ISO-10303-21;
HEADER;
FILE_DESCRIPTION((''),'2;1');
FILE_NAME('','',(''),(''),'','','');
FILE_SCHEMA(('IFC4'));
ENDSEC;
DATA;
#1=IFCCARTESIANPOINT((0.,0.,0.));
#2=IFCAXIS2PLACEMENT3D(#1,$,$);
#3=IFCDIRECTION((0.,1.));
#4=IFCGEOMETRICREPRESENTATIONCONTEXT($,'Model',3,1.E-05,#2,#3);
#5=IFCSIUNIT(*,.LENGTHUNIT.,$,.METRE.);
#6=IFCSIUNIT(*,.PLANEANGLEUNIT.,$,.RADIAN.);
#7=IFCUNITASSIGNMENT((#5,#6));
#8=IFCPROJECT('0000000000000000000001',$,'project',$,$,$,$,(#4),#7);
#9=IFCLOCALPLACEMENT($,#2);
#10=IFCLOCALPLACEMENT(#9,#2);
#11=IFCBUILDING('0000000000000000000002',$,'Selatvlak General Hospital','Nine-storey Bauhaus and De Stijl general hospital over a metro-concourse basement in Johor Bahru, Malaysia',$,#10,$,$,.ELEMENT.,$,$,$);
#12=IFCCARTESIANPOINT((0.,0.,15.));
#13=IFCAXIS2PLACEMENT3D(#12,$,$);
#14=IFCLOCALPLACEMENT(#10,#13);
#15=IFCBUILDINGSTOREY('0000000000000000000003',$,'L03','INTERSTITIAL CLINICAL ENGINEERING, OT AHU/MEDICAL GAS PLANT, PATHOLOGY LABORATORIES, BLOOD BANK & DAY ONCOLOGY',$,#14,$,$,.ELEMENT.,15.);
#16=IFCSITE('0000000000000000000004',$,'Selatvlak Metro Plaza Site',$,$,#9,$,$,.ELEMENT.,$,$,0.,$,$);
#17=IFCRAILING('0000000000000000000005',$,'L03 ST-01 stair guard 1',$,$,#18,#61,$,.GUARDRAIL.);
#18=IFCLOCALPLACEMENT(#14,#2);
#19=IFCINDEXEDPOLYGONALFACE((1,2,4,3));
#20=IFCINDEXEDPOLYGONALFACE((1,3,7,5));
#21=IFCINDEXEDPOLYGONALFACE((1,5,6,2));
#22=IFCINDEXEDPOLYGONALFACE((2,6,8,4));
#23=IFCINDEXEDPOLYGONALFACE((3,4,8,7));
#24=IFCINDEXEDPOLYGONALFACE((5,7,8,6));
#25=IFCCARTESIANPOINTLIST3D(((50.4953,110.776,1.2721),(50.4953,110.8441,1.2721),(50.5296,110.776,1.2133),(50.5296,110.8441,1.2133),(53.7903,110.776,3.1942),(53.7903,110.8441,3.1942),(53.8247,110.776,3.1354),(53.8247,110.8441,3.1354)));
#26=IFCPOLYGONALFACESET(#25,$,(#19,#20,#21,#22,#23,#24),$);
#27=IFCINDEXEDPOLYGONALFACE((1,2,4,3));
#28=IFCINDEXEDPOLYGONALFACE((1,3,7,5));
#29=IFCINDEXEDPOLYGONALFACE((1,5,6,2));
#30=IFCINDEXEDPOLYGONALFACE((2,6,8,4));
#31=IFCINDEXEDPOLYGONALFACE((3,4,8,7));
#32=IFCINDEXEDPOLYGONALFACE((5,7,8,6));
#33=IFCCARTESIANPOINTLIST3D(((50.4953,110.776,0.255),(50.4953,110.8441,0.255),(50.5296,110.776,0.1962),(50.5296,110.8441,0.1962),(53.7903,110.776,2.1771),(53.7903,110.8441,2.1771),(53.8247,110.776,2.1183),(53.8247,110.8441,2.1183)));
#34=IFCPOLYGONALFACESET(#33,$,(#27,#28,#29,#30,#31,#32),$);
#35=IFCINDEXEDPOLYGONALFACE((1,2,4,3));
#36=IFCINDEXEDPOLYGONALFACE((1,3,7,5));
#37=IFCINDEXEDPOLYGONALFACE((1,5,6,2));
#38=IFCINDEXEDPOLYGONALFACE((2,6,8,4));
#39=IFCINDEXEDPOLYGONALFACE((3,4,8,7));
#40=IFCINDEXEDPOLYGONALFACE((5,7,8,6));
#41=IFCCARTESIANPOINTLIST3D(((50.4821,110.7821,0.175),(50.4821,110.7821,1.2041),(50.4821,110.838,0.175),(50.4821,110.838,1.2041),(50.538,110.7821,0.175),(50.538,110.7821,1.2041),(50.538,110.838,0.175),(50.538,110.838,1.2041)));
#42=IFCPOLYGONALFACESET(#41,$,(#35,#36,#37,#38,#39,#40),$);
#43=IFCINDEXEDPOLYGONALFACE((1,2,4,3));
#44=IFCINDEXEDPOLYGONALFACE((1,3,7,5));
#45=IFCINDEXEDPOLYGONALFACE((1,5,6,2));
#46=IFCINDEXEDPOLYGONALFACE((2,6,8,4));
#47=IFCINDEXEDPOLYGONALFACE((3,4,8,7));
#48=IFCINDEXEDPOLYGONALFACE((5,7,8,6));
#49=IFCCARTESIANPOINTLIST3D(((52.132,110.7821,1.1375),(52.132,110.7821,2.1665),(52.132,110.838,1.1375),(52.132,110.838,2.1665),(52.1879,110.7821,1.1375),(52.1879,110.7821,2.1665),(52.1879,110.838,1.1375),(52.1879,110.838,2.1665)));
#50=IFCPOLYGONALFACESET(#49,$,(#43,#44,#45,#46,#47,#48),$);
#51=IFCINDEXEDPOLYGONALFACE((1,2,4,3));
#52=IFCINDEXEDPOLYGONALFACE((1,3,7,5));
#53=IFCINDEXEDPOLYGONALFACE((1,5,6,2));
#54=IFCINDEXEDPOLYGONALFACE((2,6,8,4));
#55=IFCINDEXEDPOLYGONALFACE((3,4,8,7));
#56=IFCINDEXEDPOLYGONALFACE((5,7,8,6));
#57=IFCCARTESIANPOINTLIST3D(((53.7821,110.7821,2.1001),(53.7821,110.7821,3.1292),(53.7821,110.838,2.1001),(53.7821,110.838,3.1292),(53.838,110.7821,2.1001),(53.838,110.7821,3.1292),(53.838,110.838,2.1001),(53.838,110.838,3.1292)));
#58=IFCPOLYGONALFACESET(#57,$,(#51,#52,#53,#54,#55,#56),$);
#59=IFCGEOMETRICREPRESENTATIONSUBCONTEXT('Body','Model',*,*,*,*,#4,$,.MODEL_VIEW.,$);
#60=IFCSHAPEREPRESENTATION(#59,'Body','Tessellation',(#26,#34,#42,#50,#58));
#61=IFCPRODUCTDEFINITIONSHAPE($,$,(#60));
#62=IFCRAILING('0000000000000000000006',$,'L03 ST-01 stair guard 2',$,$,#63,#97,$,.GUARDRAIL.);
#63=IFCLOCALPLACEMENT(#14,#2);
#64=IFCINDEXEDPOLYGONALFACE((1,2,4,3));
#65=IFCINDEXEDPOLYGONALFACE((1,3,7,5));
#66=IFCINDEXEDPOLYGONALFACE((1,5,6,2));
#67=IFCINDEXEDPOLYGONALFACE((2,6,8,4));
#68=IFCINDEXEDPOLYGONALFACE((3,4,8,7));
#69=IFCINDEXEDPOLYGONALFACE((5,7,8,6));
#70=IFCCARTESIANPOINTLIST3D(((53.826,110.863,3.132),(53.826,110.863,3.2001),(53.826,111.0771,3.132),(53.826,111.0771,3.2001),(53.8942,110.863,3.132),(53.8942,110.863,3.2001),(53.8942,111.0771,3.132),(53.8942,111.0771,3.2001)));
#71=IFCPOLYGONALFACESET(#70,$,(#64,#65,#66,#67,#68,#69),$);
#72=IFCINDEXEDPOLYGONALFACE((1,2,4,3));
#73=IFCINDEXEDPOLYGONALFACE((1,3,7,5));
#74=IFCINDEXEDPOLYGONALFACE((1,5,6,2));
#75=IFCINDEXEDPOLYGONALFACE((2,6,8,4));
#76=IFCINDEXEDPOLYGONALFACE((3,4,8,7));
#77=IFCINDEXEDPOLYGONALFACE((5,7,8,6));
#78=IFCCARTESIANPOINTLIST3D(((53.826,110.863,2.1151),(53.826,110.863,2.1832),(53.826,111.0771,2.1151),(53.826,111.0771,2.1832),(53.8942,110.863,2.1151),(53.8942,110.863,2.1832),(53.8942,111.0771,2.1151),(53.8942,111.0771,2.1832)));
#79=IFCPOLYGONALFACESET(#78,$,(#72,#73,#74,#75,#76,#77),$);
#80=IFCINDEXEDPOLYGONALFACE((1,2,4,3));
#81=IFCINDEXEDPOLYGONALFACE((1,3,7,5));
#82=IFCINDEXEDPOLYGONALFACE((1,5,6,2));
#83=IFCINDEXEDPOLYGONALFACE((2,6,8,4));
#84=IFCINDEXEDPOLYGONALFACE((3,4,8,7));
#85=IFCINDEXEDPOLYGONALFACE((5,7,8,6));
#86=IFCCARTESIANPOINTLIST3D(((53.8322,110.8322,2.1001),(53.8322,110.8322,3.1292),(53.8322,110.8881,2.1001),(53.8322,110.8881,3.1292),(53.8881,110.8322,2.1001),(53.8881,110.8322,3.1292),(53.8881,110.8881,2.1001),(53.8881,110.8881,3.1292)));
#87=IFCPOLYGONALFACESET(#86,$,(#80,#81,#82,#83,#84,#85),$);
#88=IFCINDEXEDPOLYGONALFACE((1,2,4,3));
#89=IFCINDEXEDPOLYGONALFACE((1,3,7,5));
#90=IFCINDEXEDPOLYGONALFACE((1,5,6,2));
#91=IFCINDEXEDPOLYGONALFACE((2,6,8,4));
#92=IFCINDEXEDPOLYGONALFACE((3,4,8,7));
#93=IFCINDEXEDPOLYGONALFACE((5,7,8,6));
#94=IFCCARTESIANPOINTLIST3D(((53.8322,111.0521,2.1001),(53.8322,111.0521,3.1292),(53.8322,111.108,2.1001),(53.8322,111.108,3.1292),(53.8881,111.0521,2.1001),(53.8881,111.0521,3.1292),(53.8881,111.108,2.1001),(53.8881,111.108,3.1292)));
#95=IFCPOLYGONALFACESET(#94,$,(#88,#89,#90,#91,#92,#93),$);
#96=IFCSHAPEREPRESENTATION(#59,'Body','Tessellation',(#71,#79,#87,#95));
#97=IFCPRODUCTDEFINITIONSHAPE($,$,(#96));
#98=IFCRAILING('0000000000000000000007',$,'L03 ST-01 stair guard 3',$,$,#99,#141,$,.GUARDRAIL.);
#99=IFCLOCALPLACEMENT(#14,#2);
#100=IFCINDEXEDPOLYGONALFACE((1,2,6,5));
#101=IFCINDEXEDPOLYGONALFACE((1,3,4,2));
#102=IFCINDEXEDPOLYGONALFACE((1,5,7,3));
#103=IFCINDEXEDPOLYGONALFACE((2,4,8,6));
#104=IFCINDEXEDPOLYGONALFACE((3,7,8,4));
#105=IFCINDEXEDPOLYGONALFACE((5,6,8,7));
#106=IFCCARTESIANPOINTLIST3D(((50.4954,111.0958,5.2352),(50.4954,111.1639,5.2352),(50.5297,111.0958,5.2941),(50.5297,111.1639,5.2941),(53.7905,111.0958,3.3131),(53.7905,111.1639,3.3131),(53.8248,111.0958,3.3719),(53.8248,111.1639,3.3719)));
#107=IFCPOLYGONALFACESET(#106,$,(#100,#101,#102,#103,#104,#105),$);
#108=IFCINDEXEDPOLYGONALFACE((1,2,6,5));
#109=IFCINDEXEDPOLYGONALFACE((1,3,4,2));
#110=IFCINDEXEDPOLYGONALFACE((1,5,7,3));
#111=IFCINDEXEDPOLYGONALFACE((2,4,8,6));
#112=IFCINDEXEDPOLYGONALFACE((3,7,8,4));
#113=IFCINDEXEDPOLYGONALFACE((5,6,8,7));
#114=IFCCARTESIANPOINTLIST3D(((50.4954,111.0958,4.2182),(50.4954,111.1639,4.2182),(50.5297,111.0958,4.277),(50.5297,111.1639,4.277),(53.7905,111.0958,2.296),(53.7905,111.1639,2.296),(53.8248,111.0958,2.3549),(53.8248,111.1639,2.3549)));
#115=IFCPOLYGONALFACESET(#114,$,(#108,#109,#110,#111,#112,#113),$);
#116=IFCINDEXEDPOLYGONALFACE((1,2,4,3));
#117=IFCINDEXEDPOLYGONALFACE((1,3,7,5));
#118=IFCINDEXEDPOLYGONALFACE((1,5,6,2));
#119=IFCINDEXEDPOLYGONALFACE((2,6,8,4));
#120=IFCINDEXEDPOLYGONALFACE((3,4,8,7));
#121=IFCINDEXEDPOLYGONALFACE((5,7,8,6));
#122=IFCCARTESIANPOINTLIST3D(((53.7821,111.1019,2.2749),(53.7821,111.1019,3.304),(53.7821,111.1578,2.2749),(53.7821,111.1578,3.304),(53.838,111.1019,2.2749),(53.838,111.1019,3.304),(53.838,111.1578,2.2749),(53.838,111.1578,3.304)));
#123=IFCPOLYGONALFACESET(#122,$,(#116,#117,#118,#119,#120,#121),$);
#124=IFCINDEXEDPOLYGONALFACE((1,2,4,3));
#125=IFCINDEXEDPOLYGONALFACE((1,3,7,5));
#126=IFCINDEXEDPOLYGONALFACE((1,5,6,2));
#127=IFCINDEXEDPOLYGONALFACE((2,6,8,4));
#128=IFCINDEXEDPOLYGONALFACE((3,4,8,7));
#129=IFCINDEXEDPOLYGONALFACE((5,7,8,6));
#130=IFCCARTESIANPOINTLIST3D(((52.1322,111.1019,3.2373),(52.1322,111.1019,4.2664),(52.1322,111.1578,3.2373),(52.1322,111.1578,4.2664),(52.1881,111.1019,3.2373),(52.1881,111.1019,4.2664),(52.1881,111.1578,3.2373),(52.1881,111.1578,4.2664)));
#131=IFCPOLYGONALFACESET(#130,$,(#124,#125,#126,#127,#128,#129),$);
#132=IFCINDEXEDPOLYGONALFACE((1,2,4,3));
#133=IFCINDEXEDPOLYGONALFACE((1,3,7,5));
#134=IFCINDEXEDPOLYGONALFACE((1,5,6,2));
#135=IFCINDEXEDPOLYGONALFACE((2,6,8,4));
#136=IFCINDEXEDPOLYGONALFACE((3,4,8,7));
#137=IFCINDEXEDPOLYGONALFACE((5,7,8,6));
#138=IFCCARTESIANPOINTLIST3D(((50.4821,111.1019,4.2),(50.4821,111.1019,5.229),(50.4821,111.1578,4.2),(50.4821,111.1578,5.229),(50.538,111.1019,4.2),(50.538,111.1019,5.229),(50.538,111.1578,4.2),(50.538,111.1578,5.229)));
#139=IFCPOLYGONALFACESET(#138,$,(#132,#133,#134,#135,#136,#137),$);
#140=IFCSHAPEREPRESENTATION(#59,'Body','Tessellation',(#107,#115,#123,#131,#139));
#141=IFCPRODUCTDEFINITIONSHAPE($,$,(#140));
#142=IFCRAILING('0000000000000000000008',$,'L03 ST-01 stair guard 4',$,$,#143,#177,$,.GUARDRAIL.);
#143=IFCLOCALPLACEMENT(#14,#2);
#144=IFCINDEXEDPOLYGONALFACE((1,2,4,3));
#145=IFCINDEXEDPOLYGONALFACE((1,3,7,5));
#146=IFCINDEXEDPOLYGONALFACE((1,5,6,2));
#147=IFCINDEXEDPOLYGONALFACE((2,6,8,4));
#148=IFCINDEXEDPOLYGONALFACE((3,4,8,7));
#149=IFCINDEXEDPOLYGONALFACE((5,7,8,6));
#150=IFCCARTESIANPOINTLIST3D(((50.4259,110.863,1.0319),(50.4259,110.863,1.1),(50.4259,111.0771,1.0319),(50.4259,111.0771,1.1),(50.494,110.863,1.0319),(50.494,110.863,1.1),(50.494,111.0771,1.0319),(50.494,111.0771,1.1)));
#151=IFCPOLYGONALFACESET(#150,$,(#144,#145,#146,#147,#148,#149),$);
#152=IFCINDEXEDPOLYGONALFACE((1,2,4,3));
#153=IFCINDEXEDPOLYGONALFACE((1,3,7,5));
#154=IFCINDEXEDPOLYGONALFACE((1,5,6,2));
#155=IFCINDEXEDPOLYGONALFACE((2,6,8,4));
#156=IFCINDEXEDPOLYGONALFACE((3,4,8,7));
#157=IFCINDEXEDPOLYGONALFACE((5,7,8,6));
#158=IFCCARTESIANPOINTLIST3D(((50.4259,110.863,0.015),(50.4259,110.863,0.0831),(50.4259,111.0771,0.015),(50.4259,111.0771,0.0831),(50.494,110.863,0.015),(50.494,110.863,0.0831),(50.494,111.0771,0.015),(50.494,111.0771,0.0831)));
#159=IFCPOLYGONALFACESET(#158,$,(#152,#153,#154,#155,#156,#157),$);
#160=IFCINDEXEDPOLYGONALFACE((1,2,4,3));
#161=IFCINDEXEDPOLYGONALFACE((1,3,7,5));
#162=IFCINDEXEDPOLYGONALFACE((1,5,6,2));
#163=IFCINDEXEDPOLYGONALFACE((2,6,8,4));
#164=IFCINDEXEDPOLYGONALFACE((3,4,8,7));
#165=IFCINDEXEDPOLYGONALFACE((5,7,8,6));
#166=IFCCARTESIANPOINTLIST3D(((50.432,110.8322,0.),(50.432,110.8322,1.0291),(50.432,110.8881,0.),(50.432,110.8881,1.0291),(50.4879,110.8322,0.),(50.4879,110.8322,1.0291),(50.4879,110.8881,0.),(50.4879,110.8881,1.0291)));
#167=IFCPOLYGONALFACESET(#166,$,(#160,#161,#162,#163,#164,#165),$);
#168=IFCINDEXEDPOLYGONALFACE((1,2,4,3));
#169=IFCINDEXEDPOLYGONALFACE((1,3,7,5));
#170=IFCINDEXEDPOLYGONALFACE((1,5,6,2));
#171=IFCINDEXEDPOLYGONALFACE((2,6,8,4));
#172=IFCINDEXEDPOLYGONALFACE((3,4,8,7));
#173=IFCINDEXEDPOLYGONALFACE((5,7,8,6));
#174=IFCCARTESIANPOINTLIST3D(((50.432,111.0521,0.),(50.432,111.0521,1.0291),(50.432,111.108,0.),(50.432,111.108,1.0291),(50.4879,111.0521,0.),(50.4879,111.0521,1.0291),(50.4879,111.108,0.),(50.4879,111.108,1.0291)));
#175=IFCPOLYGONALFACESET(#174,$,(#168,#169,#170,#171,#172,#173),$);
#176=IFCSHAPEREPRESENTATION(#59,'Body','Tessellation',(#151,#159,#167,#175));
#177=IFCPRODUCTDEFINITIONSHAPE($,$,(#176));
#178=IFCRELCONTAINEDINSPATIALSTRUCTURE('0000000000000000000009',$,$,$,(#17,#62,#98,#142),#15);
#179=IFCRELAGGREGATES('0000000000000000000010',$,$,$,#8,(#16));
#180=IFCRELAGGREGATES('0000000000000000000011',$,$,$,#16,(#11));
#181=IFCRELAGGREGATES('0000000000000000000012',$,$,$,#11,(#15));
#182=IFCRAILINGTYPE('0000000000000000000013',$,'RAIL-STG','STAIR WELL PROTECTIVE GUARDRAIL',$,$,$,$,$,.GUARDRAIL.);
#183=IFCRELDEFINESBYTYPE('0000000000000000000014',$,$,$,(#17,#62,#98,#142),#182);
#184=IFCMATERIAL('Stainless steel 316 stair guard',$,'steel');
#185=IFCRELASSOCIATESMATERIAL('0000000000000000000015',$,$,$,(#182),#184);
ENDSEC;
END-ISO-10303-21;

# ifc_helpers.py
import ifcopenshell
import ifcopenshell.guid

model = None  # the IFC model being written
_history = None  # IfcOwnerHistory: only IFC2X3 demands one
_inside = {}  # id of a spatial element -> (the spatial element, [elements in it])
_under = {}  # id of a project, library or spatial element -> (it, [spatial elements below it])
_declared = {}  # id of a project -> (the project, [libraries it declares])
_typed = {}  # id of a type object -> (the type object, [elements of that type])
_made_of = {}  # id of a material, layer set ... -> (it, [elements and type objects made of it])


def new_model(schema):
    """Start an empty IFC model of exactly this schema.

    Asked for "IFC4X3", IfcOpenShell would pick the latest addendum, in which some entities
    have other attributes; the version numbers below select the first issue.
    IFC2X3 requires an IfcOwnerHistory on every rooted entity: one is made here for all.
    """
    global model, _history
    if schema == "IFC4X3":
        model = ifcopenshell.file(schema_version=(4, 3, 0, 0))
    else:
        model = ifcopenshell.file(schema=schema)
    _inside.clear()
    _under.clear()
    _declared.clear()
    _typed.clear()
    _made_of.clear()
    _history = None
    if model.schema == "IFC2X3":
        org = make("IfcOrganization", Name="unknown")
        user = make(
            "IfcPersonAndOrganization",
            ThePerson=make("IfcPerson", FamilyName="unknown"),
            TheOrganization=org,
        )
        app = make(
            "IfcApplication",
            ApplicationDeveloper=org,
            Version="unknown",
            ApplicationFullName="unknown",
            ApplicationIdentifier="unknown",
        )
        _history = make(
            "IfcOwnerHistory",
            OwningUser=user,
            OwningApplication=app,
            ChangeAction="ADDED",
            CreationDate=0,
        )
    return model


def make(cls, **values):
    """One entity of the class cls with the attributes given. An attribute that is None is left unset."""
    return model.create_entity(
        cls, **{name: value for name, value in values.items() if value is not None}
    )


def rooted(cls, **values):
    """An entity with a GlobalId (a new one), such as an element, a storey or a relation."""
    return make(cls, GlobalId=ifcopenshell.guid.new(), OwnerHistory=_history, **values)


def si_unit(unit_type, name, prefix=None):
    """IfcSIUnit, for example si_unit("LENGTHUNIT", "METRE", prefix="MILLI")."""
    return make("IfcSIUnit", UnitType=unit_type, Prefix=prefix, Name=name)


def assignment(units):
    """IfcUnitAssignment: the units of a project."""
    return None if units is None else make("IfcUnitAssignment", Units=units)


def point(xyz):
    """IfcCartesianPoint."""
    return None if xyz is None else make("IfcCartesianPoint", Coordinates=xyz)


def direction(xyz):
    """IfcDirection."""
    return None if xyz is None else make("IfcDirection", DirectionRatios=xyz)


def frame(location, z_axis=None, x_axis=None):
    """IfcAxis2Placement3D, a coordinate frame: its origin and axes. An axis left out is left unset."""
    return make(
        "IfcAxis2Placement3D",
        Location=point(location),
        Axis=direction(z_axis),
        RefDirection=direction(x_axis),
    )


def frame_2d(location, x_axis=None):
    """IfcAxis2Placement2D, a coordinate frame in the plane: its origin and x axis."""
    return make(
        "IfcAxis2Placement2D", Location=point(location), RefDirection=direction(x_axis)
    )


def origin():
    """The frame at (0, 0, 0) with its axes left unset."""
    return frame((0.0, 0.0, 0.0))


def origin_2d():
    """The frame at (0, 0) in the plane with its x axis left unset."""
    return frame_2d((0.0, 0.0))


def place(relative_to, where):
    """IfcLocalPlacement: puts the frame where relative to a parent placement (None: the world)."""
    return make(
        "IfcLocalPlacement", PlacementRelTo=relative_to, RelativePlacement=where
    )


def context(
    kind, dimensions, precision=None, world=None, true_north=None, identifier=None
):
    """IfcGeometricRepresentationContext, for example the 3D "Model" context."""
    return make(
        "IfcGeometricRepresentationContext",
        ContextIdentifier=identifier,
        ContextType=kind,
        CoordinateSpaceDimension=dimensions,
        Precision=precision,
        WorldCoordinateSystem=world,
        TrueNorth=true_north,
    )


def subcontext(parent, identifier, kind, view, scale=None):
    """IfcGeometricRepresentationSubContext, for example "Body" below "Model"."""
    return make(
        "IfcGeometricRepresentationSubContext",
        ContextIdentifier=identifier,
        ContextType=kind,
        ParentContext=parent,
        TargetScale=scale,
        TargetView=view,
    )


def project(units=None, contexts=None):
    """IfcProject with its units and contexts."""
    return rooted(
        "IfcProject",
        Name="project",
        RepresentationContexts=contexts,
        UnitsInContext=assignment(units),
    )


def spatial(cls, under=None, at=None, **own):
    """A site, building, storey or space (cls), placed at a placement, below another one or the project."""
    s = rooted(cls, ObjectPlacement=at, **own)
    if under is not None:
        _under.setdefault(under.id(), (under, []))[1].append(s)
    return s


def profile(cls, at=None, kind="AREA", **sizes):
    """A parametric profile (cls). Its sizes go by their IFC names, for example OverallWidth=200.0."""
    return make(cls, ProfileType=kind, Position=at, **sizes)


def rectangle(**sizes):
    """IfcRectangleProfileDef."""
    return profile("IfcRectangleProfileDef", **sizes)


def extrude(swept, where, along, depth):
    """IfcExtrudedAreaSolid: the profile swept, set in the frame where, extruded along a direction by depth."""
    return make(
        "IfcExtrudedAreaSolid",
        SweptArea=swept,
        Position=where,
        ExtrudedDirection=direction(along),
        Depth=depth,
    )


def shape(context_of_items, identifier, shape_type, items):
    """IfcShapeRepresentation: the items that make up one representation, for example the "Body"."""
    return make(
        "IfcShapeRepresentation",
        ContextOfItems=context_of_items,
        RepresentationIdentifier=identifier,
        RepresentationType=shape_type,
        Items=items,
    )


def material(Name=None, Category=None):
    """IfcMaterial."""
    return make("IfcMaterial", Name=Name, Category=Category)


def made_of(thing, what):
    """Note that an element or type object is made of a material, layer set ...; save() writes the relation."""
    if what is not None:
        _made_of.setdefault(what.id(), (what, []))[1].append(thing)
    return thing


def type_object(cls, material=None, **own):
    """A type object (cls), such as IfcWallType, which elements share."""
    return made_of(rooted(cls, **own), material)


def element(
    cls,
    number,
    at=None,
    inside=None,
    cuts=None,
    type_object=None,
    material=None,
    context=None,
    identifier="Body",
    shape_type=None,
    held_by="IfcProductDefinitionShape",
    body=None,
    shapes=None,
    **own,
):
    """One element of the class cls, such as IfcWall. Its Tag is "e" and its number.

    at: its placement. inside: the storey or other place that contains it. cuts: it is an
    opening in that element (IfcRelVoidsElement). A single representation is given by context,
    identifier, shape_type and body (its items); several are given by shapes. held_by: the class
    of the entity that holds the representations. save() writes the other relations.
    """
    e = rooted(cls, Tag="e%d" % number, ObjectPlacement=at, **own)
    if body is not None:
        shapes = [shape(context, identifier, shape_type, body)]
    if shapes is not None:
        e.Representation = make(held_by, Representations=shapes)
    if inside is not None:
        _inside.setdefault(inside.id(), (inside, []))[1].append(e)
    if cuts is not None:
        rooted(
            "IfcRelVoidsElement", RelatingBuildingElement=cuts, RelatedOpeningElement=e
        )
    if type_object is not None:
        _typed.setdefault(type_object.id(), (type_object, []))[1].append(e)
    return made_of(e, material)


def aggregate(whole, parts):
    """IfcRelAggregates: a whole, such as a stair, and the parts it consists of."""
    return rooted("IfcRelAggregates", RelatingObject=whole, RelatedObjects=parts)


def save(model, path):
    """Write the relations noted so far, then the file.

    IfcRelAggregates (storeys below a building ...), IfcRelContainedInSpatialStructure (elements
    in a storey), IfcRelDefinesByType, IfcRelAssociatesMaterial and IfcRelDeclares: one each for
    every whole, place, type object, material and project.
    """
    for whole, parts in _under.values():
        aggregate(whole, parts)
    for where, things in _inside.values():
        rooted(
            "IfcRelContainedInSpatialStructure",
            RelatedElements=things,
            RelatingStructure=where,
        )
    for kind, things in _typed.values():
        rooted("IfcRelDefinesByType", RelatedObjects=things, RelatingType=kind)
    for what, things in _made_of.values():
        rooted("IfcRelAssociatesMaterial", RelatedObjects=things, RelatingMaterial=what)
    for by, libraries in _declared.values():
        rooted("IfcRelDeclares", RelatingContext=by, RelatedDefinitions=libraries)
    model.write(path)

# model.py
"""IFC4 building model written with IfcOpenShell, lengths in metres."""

from ifc_helpers import new_model, si_unit, direction, frame, origin, origin_2d, place, context, subcontext, project, spatial, rectangle, extrude, material, type_object, element, save


model = new_model("IFC4")

# Units and contexts
model_context = context("Model", 3, precision=1e-05, world=origin(), true_north=direction((0.0, 1.0)))
body_context = subcontext(model_context, "Body", "Model", "MODEL_VIEW")
ifc_project = project(units=[si_unit("LENGTHUNIT", "METRE"), si_unit("PLANEANGLEUNIT", "RADIAN")], contexts=[model_context])

# Site, building, storey
site_placement = place(None, origin())
site = spatial("IfcSite", under=ifc_project, at=site_placement, Name="Selatvlak Metro Plaza Site", CompositionType="ELEMENT", RefElevation=0.0)
building_placement = place(site_placement, origin())
building = spatial("IfcBuilding", under=site, at=building_placement, Name="Selatvlak General Hospital", Description="Nine-storey Bauhaus and De Stijl general hospital over a metro-concourse basement in Johor Bahru, Malaysia", CompositionType="ELEMENT")
storey_placement = place(building_placement, frame((0.0, 0.0, 15.0)))
storey = spatial("IfcBuildingStorey", under=building, at=storey_placement, Name="L03", Description="INTERSTITIAL CLINICAL ENGINEERING, OT AHU/MEDICAL GAS PLANT, PATHOLOGY LABORATORIES, BLOOD BANK & DAY ONCOLOGY", CompositionType="ELEMENT", Elevation=15.0)

# Railings
ifc_material_1 = material(Name="Stainless steel 316 stair guard", Category="steel")
railing_type_1 = type_object("IfcRailingType", Name="RAIL-STG", Description="STAIR WELL PROTECTIVE GUARDRAIL", PredefinedType="GUARDRAIL", material=ifc_material_1)
railing_1_placement = place(storey_placement, frame((50.51, 110.8101, 0.175)))
element("IfcRailing", 1, at=railing_1_placement, inside=storey, type_object=railing_type_1, Name="L03 ST-01 stair guard 1", PredefinedType="GUARDRAIL", context=body_context, shape_type="SweptSolid", body=[
    extrude(rectangle(XDim=0.0681, YDim=0.0681, at=origin_2d()), frame((0.0024, 0.0, 1.0676), z_axis=(0.863777, 0.0, 0.503875), x_axis=(0.0, 1.0, 0.0)), (0.0, 0.0, 1.0), 3.8147),
    extrude(rectangle(XDim=0.0681, YDim=0.0681, at=origin_2d()), frame((0.0024, 0.0, 0.0505), z_axis=(0.863777, 0.0, 0.503875), x_axis=(0.0, 1.0, 0.0)), (0.0, 0.0, 1.0), 3.8147),
    extrude(rectangle(XDim=0.0559, YDim=0.0559, at=origin_2d()), origin(), (0.0, 0.0, 1.0), 1.0291),
    extrude(rectangle(XDim=0.0559, YDim=0.0559, at=origin_2d()), frame((1.6499, 0.0, 0.9624)), (0.0, 0.0, 1.0), 1.0291),
    extrude(rectangle(XDim=0.0559, YDim=0.0559, at=origin_2d()), frame((3.3, 0.0, 1.925)), (0.0, 0.0, 1.0), 1.0291),
])
railing_2_placement = place(storey_placement, frame((53.8601, 110.8601, 2.1001)))
element("IfcRailing", 2, at=railing_2_placement, inside=storey, type_object=railing_type_1, Name="L03 ST-01 stair guard 2", PredefinedType="GUARDRAIL", context=body_context, shape_type="SweptSolid", body=[
    extrude(rectangle(XDim=0.0681, YDim=0.0681, at=origin_2d()), frame((0.0, 0.0029, 1.0659), z_axis=(0.0, 1.0, 0.0), x_axis=(-1.0, 0.0, 0.0)), (0.0, 0.0, 1.0), 0.2141),
    extrude(rectangle(XDim=0.0681, YDim=0.0681, at=origin_2d()), frame((0.0, 0.0029, 0.0491), z_axis=(0.0, 1.0, 0.0), x_axis=(-1.0, 0.0, 0.0)), (0.0, 0.0, 1.0), 0.2141),
    extrude(rectangle(XDim=0.0559, YDim=0.0559, at=origin_2d()), origin(), (0.0, 0.0, 1.0), 1.0291),
    extrude(rectangle(XDim=0.0559, YDim=0.0559, at=origin_2d()), frame((0.0, 0.22, 0.0)), (0.0, 0.0, 1.0), 1.0291),
])
railing_3_placement = place(storey_placement, frame((53.8101, 111.1299, 2.2749)))
element("IfcRailing", 3, at=railing_3_placement, inside=storey, type_object=railing_type_1, Name="L03 ST-01 stair guard 3", PredefinedType="GUARDRAIL", context=body_context, shape_type="SweptSolid", body=[
    extrude(rectangle(XDim=0.0681, YDim=0.0681, at=origin_2d()), frame((-0.0024, 0.0, 1.0676), z_axis=(-0.863777, 0.0, 0.503875), x_axis=(0.0, -1.0, 0.0)), (0.0, 0.0, 1.0), 3.8147),
    extrude(rectangle(XDim=0.0681, YDim=0.0681, at=origin_2d()), frame((-0.0024, 0.0, 0.0505), z_axis=(-0.863777, 0.0, 0.503875), x_axis=(0.0, -1.0, 0.0)), (0.0, 0.0, 1.0), 3.8147),
    extrude(rectangle(XDim=0.0559, YDim=0.0559, at=origin_2d()), origin(), (0.0, 0.0, 1.0), 1.0291),
    extrude(rectangle(XDim=0.0559, YDim=0.0559, at=origin_2d()), frame((-1.6499, 0.0, 0.9624)), (0.0, 0.0, 1.0), 1.0291),
    extrude(rectangle(XDim=0.0559, YDim=0.0559, at=origin_2d()), frame((-3.3, 0.0, 1.925)), (0.0, 0.0, 1.0), 1.0291),
])
railing_4_placement = place(storey_placement, frame((50.46, 110.8601, 0.0)))
element("IfcRailing", 4, at=railing_4_placement, inside=storey, type_object=railing_type_1, Name="L03 ST-01 stair guard 4", PredefinedType="GUARDRAIL", context=body_context, shape_type="SweptSolid", body=[
    extrude(rectangle(XDim=0.0681, YDim=0.0681, at=origin_2d()), frame((0.0, 0.0029, 1.0659), z_axis=(0.0, 1.0, 0.0), x_axis=(-1.0, 0.0, 0.0)), (0.0, 0.0, 1.0), 0.2141),
    extrude(rectangle(XDim=0.0681, YDim=0.0681, at=origin_2d()), frame((0.0, 0.0029, 0.0491), z_axis=(0.0, 1.0, 0.0), x_axis=(-1.0, 0.0, 0.0)), (0.0, 0.0, 1.0), 0.2141),
    extrude(rectangle(XDim=0.0559, YDim=0.0559, at=origin_2d()), origin(), (0.0, 0.0, 1.0), 1.0291),
    extrude(rectangle(XDim=0.0559, YDim=0.0559, at=origin_2d()), frame((0.0, 0.22, 0.0)), (0.0, 0.0, 1.0), 1.0291),
])

save(model, "model.ifc")
